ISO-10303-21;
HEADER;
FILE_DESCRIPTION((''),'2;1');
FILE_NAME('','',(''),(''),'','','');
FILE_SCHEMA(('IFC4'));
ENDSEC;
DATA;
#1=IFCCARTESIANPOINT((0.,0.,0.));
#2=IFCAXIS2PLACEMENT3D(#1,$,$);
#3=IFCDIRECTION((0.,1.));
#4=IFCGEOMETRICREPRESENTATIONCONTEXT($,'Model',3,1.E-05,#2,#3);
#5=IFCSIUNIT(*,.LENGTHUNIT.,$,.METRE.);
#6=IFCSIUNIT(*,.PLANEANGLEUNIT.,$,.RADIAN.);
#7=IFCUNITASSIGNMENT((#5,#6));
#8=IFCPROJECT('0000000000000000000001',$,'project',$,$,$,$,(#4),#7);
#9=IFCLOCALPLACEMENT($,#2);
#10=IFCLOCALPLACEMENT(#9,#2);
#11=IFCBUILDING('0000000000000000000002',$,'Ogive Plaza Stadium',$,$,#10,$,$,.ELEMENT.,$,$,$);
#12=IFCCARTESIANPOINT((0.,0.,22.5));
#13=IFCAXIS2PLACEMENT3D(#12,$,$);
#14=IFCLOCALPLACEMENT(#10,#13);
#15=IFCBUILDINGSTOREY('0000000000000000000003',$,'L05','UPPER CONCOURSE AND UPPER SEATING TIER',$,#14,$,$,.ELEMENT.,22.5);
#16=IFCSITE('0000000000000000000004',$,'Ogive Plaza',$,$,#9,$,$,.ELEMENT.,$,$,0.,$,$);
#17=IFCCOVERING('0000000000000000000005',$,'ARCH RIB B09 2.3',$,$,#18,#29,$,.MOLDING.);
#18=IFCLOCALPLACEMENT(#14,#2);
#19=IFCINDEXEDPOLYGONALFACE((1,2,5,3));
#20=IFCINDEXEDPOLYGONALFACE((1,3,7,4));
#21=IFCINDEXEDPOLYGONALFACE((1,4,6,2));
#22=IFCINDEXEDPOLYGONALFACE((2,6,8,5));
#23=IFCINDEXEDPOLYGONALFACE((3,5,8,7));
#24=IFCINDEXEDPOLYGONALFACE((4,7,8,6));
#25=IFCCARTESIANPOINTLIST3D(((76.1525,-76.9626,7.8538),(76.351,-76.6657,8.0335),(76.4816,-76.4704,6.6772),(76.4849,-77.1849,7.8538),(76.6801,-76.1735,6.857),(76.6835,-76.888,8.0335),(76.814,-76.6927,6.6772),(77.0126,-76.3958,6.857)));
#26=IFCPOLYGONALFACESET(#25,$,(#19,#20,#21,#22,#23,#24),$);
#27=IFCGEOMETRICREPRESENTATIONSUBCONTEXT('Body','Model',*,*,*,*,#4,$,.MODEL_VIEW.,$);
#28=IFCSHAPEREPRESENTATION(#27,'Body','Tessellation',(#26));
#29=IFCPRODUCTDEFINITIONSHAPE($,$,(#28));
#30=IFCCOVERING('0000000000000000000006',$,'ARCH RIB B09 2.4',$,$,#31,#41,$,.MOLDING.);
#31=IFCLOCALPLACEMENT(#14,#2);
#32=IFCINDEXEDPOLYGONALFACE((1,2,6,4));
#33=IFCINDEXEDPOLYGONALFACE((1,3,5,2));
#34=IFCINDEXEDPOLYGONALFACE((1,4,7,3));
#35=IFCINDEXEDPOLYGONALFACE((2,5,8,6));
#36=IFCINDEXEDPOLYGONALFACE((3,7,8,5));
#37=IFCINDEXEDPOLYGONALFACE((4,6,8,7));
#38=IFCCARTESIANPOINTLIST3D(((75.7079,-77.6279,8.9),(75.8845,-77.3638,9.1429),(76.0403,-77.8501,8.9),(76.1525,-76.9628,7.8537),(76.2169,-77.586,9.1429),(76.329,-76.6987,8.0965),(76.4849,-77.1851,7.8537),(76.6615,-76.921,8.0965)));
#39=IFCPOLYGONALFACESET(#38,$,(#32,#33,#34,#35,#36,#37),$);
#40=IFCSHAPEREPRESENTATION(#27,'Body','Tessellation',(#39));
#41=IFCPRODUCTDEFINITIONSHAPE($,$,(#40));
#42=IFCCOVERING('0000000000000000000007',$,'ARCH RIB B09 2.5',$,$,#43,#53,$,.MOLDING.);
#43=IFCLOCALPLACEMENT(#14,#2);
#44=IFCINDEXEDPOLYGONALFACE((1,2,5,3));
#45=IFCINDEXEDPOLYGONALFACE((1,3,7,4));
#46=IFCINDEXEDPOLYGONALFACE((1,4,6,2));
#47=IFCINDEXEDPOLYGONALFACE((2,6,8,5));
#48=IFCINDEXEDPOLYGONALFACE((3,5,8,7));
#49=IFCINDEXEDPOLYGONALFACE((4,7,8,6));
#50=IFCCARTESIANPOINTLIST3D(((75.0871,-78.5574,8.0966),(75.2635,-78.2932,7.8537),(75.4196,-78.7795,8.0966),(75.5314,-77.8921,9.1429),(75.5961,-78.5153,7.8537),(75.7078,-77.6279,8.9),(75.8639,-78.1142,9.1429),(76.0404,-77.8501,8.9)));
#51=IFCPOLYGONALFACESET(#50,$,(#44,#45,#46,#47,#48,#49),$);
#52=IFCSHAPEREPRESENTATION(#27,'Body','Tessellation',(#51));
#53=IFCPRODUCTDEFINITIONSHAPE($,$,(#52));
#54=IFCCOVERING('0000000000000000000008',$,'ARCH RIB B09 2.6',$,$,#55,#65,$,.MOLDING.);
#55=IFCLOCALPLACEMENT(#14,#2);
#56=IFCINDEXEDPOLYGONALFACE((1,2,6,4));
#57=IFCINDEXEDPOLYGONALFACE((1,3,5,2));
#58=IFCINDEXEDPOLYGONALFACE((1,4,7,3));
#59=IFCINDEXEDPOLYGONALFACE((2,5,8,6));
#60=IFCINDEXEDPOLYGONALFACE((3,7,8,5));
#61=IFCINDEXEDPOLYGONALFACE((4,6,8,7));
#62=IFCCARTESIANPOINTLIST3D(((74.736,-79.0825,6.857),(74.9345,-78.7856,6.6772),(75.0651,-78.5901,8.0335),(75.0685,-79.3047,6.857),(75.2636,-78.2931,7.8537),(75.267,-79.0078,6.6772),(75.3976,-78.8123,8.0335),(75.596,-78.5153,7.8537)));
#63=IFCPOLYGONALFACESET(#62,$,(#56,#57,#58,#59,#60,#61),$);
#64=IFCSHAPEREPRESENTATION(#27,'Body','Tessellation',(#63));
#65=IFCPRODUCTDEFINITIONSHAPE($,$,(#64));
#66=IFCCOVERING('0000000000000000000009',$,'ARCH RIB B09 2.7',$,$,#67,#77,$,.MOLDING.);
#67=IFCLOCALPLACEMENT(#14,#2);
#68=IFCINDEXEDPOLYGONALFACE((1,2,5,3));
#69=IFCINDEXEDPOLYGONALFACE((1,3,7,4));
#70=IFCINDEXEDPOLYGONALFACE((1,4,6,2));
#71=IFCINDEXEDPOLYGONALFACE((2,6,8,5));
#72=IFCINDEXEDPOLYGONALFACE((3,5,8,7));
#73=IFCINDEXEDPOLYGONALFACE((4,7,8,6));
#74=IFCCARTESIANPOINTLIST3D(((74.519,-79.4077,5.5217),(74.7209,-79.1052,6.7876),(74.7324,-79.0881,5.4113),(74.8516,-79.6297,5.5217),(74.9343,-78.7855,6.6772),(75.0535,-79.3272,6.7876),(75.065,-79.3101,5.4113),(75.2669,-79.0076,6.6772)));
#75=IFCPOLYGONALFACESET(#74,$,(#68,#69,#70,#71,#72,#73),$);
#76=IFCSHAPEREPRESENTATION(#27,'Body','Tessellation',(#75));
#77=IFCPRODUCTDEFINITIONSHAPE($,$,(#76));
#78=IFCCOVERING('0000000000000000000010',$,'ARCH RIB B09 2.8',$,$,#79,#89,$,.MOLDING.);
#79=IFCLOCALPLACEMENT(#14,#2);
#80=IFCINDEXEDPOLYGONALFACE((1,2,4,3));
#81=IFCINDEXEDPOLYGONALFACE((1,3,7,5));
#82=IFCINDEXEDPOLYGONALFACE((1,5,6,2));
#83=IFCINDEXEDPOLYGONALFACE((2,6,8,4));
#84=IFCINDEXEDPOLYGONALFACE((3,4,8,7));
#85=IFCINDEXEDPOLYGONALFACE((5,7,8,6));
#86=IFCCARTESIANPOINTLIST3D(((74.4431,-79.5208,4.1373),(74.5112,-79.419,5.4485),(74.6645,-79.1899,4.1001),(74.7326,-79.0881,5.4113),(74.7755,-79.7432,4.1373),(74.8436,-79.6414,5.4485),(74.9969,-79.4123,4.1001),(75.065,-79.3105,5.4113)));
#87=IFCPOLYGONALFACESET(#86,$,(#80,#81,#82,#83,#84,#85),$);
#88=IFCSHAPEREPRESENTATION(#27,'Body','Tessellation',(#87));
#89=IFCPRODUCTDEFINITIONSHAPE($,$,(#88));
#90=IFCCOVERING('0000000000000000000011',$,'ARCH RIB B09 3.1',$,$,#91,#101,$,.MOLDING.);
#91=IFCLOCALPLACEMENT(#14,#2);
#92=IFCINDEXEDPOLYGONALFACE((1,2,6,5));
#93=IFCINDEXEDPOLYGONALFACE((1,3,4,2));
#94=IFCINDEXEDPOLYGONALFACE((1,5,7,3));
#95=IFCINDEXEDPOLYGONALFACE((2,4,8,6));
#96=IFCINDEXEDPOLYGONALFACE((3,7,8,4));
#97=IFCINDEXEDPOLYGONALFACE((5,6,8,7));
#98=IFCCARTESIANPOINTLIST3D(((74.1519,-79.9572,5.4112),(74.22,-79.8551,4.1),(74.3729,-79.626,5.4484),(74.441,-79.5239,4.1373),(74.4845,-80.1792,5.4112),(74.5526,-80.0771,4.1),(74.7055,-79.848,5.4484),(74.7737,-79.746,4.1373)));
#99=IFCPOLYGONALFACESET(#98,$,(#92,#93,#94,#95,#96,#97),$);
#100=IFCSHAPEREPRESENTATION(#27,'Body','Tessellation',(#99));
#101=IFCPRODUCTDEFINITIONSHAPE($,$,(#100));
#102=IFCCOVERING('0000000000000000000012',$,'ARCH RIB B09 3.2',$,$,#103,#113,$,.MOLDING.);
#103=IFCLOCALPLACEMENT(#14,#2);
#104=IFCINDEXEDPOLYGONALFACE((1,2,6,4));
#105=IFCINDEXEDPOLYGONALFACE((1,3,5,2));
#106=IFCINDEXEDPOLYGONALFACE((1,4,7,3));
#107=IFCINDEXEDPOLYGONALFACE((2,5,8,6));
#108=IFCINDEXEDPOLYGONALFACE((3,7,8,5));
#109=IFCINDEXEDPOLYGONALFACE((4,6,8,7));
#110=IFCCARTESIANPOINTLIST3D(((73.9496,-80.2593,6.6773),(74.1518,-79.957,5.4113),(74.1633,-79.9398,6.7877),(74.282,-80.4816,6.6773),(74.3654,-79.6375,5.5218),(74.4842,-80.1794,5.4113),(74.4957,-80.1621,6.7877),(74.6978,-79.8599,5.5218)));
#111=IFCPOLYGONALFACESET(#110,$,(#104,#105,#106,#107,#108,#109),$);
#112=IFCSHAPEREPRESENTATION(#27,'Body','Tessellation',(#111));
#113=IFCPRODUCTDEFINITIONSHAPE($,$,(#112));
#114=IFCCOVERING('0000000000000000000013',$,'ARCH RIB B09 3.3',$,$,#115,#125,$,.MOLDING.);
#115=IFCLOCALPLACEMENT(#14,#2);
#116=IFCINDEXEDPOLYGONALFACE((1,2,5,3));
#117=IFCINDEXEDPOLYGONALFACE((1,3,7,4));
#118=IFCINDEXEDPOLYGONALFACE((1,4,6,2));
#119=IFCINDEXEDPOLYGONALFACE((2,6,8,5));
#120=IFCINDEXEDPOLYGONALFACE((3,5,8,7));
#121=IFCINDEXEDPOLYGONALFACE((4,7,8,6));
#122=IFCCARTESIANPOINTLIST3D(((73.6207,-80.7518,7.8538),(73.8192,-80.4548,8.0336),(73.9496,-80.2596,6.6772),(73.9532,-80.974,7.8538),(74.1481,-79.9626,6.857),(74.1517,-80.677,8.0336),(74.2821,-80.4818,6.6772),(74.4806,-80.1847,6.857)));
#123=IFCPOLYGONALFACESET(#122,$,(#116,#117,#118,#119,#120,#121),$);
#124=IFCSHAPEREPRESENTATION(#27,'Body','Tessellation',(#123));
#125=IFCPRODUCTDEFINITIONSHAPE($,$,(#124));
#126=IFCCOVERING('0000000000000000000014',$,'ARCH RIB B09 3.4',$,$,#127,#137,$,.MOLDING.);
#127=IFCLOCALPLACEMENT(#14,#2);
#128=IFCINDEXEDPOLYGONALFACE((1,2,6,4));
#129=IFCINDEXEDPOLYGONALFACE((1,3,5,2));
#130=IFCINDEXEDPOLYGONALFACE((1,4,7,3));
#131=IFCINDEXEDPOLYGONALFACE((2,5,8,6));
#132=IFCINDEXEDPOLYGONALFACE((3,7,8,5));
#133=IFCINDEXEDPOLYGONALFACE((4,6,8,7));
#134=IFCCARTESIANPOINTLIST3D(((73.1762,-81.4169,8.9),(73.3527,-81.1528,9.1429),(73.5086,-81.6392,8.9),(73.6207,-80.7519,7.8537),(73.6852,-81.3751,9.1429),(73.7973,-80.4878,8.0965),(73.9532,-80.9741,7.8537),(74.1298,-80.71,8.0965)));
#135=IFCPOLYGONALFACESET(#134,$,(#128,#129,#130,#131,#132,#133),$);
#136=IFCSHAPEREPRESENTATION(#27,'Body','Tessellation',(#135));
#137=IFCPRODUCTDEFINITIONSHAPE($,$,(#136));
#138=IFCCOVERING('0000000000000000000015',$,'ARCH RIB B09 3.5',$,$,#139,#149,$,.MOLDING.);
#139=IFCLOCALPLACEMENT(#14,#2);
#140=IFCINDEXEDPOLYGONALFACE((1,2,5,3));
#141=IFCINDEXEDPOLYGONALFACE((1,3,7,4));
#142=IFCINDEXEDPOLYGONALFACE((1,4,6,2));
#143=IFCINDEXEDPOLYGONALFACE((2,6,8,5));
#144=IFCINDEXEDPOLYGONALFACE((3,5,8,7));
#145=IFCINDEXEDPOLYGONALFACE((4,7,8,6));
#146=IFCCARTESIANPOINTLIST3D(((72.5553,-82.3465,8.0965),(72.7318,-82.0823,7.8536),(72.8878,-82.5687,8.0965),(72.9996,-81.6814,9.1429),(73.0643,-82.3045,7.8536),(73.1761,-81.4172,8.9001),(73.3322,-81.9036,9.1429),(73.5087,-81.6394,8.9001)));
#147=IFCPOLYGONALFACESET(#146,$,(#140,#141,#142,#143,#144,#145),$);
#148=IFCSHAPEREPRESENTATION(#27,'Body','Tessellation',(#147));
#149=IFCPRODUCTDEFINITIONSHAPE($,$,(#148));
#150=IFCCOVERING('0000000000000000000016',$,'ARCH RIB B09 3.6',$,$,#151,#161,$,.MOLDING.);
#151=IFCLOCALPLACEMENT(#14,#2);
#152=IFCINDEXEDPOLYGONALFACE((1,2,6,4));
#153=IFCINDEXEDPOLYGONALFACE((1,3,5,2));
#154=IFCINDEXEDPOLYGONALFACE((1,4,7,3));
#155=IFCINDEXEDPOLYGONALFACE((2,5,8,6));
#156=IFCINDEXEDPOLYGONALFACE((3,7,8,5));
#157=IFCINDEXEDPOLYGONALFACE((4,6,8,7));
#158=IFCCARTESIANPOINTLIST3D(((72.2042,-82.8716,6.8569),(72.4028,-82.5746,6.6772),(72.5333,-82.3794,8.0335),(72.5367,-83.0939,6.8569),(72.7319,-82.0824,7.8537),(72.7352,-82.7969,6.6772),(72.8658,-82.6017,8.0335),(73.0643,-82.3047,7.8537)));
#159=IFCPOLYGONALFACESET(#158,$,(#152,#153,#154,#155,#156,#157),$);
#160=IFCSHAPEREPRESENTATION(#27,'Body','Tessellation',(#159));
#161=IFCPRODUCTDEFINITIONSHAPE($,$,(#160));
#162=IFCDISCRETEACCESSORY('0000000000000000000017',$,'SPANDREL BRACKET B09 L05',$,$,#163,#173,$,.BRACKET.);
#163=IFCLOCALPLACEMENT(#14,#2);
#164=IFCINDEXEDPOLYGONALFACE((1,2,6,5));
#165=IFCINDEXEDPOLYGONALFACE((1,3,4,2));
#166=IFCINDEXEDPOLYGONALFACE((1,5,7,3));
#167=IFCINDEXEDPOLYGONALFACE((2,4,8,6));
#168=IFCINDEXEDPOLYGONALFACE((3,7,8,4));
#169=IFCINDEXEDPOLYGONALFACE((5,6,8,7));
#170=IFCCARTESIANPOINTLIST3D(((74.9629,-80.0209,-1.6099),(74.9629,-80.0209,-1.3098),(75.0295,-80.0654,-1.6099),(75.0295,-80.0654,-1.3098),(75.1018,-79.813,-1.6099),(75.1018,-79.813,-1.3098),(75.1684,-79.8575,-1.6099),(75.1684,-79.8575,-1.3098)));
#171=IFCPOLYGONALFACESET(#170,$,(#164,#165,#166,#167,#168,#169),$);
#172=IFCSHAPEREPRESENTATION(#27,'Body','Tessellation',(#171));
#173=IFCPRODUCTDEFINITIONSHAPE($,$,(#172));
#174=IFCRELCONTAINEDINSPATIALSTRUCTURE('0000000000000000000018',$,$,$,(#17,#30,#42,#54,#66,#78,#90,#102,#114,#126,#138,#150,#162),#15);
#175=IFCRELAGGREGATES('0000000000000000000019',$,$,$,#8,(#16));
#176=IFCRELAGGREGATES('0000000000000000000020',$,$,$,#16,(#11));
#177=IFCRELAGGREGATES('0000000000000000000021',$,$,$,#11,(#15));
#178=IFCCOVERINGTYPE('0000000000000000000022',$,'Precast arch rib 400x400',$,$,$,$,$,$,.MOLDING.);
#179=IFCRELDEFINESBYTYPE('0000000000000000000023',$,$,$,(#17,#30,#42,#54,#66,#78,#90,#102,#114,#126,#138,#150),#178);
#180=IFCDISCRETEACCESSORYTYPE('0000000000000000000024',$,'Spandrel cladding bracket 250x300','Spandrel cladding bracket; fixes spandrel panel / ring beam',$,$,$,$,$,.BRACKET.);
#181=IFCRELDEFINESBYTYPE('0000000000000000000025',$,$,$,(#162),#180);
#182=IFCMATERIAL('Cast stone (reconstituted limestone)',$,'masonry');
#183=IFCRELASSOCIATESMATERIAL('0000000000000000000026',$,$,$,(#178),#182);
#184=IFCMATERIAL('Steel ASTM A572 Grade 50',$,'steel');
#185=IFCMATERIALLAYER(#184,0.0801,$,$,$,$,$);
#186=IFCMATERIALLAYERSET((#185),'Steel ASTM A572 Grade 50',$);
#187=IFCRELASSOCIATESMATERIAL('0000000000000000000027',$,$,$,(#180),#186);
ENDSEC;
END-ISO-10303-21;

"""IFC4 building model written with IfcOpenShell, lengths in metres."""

from ifc_helpers import new_model, si_unit, direction, frame, origin, origin_2d, place, context, subcontext, project, spatial, rectangle, extrude, material, layer, layer_set, material_profile, profile_set, type_object, element, save


model = new_model("IFC4")

# Units and contexts
model_context = context("Model", 3, precision=1e-05, world=origin(), true_north=direction((0.0, 1.0)))
body_context = subcontext(model_context, "Body", "Model", "MODEL_VIEW")
ifc_project = project(units=[si_unit("LENGTHUNIT", "METRE"), si_unit("PLANEANGLEUNIT", "RADIAN")], contexts=[model_context])

# Site, building, storey
site_placement = place(None, origin())
site = spatial("IfcSite", under=ifc_project, at=site_placement, Name="Ogive Plaza", CompositionType="ELEMENT", RefElevation=0.0)
building_placement = place(site_placement, origin())
building = spatial("IfcBuilding", under=site, at=building_placement, Name="Ogive Plaza Stadium", CompositionType="ELEMENT")
storey_placement = place(building_placement, frame((0.0, 0.0, 22.5)))
storey = spatial("IfcBuildingStorey", under=building, at=storey_placement, Name="L05", Description="UPPER CONCOURSE AND UPPER SEATING TIER", CompositionType="ELEMENT", Elevation=22.5)

# Coverings
ifc_material_1 = material(Name="Cast stone (reconstituted limestone)", Category="masonry")
ifc_material_profile_1 = material_profile(ifc_material_1, rectangle(XDim=0.3999, YDim=0.3999, at=origin_2d()), Name="Cast stone 400x400")
ifc_profile_set_1 = profile_set([ifc_material_profile_1], Name="Cast stone (reconstituted limestone)")
covering_type = type_object("IfcCoveringType", Name="Precast arch rib 400x400", PredefinedType="MOLDING", material=ifc_profile_set_1)
for number, where, z_axis, x_axis, name in (
    (1, (76.7471, -76.4331, 6.7671), (-0.249869, -0.373692, 0.893264), (0.831288, -0.555842, 0.0), "ARCH RIB B09 2.3"),
    (2, (76.407, -76.9419, 7.9751), (-0.337535, -0.504912, 0.794439), (0.831345, -0.555756, 0.0), "ARCH RIB B09 2.4"),
    (3, (75.7859, -77.8711, 9.0215), (-0.337339, -0.505082, -0.794415), (0.831581, -0.555404, 0.0), "ARCH RIB B09 2.5"),
    (4, (75.3306, -78.5527, 7.9436), (-0.249852, -0.373851, -0.893202), (0.831416, -0.555651, 0.0), "ARCH RIB B09 2.6"),
    (5, (74.9939, -79.0564, 6.7324), (-0.153297, -0.229668, -0.96112), (0.83174, -0.555165, 0.0), "ARCH RIB B09 2.7"),
):
    element("IfcCovering", number, at=place(storey_placement, frame(where, z_axis=z_axis, x_axis=x_axis)), inside=storey, type_object=covering_type, Name=name, PredefinedType="MOLDING", context=body_context, shape_type="SweptSolid", body=[
        extrude(rectangle(XDim=0.3999, YDim=0.3999, at=origin_2d()), origin(), (0.0, 0.0, 1.0), 1.3171),
    ])
for number, where, z_axis, x_axis, name in (
    (6, (74.7881, -79.3647, 5.4299), (-0.05172, -0.077303, -0.995665), (0.831129, -0.556079, 0.0), "ARCH RIB B09 2.8"),
    (7, (74.4968, -79.8005, 4.1187), (-0.05172, -0.077487, 0.995651), (0.831744, -0.555159, 0.0), "ARCH RIB B09 3.1"),
):
    element("IfcCovering", number, at=place(storey_placement, frame(where, z_axis=z_axis, x_axis=x_axis)), inside=storey, type_object=covering_type, Name=name, PredefinedType="MOLDING", context=body_context, shape_type="SweptSolid", body=[
        extrude(rectangle(XDim=0.3999, YDim=0.3999, at=origin_2d()), origin(), (0.0, 0.0, 1.0), 1.3169),
    ])
for number, where, z_axis, x_axis, name in (
    (8, (74.4248, -79.9084, 5.4666), (-0.153485, -0.229486, 0.961134), (0.831223, -0.555939, 0.0), "ARCH RIB B09 3.2"),
    (9, (74.2151, -80.2222, 6.7671), (-0.249695, -0.373709, 0.893305), (0.831479, -0.555557, 0.0), "ARCH RIB B09 3.3"),
    (10, (73.8752, -80.731, 7.9751), (-0.337535, -0.504912, 0.794439), (0.831345, -0.555756, 0.0), "ARCH RIB B09 3.4"),
    (11, (73.2542, -81.6604, 9.0215), (-0.337371, -0.504944, -0.794489), (0.831486, -0.555545, 0.0), "ARCH RIB B09 3.5"),
    (12, (72.7988, -82.342, 7.9436), (-0.249869, -0.373692, -0.893264), (0.831288, -0.555842, 0.0), "ARCH RIB B09 3.6"),
):
    element("IfcCovering", number, at=place(storey_placement, frame(where, z_axis=z_axis, x_axis=x_axis)), inside=storey, type_object=covering_type, Name=name, PredefinedType="MOLDING", context=body_context, shape_type="SweptSolid", body=[
        extrude(rectangle(XDim=0.3999, YDim=0.3999, at=origin_2d()), origin(), (0.0, 0.0, 1.0), 1.3171),
    ])

# Discrete accessory
ifc_material_2 = material(Name="Steel ASTM A572 Grade 50", Category="steel")
ifc_layer_1 = layer(ifc_material_2, 0.0801)
ifc_layer_set_1 = layer_set([ifc_layer_1], Name="Steel ASTM A572 Grade 50")
discrete_accessory_type = type_object("IfcDiscreteAccessoryType", Name="Spandrel cladding bracket 250x300", Description="Spandrel cladding bracket; fixes spandrel panel / ring beam", PredefinedType="BRACKET", material=ifc_layer_set_1)
discrete_accessory_placement = place(storey_placement, frame((75.0657, -79.9392, -1.6099), z_axis=(0.0, 0.0, 1.0), x_axis=(-0.55557, -0.83147, 0.0)))
element("IfcDiscreteAccessory", 13, at=discrete_accessory_placement, inside=storey, type_object=discrete_accessory_type, Name="SPANDREL BRACKET B09 L05", PredefinedType="BRACKET", context=body_context, shape_type="SweptSolid", body=[
    extrude(rectangle(XDim=0.25, YDim=0.0801, at=origin_2d()), origin(), (0.0, 0.0, 1.0), 0.3),
])

save(model, "model.ifc")
